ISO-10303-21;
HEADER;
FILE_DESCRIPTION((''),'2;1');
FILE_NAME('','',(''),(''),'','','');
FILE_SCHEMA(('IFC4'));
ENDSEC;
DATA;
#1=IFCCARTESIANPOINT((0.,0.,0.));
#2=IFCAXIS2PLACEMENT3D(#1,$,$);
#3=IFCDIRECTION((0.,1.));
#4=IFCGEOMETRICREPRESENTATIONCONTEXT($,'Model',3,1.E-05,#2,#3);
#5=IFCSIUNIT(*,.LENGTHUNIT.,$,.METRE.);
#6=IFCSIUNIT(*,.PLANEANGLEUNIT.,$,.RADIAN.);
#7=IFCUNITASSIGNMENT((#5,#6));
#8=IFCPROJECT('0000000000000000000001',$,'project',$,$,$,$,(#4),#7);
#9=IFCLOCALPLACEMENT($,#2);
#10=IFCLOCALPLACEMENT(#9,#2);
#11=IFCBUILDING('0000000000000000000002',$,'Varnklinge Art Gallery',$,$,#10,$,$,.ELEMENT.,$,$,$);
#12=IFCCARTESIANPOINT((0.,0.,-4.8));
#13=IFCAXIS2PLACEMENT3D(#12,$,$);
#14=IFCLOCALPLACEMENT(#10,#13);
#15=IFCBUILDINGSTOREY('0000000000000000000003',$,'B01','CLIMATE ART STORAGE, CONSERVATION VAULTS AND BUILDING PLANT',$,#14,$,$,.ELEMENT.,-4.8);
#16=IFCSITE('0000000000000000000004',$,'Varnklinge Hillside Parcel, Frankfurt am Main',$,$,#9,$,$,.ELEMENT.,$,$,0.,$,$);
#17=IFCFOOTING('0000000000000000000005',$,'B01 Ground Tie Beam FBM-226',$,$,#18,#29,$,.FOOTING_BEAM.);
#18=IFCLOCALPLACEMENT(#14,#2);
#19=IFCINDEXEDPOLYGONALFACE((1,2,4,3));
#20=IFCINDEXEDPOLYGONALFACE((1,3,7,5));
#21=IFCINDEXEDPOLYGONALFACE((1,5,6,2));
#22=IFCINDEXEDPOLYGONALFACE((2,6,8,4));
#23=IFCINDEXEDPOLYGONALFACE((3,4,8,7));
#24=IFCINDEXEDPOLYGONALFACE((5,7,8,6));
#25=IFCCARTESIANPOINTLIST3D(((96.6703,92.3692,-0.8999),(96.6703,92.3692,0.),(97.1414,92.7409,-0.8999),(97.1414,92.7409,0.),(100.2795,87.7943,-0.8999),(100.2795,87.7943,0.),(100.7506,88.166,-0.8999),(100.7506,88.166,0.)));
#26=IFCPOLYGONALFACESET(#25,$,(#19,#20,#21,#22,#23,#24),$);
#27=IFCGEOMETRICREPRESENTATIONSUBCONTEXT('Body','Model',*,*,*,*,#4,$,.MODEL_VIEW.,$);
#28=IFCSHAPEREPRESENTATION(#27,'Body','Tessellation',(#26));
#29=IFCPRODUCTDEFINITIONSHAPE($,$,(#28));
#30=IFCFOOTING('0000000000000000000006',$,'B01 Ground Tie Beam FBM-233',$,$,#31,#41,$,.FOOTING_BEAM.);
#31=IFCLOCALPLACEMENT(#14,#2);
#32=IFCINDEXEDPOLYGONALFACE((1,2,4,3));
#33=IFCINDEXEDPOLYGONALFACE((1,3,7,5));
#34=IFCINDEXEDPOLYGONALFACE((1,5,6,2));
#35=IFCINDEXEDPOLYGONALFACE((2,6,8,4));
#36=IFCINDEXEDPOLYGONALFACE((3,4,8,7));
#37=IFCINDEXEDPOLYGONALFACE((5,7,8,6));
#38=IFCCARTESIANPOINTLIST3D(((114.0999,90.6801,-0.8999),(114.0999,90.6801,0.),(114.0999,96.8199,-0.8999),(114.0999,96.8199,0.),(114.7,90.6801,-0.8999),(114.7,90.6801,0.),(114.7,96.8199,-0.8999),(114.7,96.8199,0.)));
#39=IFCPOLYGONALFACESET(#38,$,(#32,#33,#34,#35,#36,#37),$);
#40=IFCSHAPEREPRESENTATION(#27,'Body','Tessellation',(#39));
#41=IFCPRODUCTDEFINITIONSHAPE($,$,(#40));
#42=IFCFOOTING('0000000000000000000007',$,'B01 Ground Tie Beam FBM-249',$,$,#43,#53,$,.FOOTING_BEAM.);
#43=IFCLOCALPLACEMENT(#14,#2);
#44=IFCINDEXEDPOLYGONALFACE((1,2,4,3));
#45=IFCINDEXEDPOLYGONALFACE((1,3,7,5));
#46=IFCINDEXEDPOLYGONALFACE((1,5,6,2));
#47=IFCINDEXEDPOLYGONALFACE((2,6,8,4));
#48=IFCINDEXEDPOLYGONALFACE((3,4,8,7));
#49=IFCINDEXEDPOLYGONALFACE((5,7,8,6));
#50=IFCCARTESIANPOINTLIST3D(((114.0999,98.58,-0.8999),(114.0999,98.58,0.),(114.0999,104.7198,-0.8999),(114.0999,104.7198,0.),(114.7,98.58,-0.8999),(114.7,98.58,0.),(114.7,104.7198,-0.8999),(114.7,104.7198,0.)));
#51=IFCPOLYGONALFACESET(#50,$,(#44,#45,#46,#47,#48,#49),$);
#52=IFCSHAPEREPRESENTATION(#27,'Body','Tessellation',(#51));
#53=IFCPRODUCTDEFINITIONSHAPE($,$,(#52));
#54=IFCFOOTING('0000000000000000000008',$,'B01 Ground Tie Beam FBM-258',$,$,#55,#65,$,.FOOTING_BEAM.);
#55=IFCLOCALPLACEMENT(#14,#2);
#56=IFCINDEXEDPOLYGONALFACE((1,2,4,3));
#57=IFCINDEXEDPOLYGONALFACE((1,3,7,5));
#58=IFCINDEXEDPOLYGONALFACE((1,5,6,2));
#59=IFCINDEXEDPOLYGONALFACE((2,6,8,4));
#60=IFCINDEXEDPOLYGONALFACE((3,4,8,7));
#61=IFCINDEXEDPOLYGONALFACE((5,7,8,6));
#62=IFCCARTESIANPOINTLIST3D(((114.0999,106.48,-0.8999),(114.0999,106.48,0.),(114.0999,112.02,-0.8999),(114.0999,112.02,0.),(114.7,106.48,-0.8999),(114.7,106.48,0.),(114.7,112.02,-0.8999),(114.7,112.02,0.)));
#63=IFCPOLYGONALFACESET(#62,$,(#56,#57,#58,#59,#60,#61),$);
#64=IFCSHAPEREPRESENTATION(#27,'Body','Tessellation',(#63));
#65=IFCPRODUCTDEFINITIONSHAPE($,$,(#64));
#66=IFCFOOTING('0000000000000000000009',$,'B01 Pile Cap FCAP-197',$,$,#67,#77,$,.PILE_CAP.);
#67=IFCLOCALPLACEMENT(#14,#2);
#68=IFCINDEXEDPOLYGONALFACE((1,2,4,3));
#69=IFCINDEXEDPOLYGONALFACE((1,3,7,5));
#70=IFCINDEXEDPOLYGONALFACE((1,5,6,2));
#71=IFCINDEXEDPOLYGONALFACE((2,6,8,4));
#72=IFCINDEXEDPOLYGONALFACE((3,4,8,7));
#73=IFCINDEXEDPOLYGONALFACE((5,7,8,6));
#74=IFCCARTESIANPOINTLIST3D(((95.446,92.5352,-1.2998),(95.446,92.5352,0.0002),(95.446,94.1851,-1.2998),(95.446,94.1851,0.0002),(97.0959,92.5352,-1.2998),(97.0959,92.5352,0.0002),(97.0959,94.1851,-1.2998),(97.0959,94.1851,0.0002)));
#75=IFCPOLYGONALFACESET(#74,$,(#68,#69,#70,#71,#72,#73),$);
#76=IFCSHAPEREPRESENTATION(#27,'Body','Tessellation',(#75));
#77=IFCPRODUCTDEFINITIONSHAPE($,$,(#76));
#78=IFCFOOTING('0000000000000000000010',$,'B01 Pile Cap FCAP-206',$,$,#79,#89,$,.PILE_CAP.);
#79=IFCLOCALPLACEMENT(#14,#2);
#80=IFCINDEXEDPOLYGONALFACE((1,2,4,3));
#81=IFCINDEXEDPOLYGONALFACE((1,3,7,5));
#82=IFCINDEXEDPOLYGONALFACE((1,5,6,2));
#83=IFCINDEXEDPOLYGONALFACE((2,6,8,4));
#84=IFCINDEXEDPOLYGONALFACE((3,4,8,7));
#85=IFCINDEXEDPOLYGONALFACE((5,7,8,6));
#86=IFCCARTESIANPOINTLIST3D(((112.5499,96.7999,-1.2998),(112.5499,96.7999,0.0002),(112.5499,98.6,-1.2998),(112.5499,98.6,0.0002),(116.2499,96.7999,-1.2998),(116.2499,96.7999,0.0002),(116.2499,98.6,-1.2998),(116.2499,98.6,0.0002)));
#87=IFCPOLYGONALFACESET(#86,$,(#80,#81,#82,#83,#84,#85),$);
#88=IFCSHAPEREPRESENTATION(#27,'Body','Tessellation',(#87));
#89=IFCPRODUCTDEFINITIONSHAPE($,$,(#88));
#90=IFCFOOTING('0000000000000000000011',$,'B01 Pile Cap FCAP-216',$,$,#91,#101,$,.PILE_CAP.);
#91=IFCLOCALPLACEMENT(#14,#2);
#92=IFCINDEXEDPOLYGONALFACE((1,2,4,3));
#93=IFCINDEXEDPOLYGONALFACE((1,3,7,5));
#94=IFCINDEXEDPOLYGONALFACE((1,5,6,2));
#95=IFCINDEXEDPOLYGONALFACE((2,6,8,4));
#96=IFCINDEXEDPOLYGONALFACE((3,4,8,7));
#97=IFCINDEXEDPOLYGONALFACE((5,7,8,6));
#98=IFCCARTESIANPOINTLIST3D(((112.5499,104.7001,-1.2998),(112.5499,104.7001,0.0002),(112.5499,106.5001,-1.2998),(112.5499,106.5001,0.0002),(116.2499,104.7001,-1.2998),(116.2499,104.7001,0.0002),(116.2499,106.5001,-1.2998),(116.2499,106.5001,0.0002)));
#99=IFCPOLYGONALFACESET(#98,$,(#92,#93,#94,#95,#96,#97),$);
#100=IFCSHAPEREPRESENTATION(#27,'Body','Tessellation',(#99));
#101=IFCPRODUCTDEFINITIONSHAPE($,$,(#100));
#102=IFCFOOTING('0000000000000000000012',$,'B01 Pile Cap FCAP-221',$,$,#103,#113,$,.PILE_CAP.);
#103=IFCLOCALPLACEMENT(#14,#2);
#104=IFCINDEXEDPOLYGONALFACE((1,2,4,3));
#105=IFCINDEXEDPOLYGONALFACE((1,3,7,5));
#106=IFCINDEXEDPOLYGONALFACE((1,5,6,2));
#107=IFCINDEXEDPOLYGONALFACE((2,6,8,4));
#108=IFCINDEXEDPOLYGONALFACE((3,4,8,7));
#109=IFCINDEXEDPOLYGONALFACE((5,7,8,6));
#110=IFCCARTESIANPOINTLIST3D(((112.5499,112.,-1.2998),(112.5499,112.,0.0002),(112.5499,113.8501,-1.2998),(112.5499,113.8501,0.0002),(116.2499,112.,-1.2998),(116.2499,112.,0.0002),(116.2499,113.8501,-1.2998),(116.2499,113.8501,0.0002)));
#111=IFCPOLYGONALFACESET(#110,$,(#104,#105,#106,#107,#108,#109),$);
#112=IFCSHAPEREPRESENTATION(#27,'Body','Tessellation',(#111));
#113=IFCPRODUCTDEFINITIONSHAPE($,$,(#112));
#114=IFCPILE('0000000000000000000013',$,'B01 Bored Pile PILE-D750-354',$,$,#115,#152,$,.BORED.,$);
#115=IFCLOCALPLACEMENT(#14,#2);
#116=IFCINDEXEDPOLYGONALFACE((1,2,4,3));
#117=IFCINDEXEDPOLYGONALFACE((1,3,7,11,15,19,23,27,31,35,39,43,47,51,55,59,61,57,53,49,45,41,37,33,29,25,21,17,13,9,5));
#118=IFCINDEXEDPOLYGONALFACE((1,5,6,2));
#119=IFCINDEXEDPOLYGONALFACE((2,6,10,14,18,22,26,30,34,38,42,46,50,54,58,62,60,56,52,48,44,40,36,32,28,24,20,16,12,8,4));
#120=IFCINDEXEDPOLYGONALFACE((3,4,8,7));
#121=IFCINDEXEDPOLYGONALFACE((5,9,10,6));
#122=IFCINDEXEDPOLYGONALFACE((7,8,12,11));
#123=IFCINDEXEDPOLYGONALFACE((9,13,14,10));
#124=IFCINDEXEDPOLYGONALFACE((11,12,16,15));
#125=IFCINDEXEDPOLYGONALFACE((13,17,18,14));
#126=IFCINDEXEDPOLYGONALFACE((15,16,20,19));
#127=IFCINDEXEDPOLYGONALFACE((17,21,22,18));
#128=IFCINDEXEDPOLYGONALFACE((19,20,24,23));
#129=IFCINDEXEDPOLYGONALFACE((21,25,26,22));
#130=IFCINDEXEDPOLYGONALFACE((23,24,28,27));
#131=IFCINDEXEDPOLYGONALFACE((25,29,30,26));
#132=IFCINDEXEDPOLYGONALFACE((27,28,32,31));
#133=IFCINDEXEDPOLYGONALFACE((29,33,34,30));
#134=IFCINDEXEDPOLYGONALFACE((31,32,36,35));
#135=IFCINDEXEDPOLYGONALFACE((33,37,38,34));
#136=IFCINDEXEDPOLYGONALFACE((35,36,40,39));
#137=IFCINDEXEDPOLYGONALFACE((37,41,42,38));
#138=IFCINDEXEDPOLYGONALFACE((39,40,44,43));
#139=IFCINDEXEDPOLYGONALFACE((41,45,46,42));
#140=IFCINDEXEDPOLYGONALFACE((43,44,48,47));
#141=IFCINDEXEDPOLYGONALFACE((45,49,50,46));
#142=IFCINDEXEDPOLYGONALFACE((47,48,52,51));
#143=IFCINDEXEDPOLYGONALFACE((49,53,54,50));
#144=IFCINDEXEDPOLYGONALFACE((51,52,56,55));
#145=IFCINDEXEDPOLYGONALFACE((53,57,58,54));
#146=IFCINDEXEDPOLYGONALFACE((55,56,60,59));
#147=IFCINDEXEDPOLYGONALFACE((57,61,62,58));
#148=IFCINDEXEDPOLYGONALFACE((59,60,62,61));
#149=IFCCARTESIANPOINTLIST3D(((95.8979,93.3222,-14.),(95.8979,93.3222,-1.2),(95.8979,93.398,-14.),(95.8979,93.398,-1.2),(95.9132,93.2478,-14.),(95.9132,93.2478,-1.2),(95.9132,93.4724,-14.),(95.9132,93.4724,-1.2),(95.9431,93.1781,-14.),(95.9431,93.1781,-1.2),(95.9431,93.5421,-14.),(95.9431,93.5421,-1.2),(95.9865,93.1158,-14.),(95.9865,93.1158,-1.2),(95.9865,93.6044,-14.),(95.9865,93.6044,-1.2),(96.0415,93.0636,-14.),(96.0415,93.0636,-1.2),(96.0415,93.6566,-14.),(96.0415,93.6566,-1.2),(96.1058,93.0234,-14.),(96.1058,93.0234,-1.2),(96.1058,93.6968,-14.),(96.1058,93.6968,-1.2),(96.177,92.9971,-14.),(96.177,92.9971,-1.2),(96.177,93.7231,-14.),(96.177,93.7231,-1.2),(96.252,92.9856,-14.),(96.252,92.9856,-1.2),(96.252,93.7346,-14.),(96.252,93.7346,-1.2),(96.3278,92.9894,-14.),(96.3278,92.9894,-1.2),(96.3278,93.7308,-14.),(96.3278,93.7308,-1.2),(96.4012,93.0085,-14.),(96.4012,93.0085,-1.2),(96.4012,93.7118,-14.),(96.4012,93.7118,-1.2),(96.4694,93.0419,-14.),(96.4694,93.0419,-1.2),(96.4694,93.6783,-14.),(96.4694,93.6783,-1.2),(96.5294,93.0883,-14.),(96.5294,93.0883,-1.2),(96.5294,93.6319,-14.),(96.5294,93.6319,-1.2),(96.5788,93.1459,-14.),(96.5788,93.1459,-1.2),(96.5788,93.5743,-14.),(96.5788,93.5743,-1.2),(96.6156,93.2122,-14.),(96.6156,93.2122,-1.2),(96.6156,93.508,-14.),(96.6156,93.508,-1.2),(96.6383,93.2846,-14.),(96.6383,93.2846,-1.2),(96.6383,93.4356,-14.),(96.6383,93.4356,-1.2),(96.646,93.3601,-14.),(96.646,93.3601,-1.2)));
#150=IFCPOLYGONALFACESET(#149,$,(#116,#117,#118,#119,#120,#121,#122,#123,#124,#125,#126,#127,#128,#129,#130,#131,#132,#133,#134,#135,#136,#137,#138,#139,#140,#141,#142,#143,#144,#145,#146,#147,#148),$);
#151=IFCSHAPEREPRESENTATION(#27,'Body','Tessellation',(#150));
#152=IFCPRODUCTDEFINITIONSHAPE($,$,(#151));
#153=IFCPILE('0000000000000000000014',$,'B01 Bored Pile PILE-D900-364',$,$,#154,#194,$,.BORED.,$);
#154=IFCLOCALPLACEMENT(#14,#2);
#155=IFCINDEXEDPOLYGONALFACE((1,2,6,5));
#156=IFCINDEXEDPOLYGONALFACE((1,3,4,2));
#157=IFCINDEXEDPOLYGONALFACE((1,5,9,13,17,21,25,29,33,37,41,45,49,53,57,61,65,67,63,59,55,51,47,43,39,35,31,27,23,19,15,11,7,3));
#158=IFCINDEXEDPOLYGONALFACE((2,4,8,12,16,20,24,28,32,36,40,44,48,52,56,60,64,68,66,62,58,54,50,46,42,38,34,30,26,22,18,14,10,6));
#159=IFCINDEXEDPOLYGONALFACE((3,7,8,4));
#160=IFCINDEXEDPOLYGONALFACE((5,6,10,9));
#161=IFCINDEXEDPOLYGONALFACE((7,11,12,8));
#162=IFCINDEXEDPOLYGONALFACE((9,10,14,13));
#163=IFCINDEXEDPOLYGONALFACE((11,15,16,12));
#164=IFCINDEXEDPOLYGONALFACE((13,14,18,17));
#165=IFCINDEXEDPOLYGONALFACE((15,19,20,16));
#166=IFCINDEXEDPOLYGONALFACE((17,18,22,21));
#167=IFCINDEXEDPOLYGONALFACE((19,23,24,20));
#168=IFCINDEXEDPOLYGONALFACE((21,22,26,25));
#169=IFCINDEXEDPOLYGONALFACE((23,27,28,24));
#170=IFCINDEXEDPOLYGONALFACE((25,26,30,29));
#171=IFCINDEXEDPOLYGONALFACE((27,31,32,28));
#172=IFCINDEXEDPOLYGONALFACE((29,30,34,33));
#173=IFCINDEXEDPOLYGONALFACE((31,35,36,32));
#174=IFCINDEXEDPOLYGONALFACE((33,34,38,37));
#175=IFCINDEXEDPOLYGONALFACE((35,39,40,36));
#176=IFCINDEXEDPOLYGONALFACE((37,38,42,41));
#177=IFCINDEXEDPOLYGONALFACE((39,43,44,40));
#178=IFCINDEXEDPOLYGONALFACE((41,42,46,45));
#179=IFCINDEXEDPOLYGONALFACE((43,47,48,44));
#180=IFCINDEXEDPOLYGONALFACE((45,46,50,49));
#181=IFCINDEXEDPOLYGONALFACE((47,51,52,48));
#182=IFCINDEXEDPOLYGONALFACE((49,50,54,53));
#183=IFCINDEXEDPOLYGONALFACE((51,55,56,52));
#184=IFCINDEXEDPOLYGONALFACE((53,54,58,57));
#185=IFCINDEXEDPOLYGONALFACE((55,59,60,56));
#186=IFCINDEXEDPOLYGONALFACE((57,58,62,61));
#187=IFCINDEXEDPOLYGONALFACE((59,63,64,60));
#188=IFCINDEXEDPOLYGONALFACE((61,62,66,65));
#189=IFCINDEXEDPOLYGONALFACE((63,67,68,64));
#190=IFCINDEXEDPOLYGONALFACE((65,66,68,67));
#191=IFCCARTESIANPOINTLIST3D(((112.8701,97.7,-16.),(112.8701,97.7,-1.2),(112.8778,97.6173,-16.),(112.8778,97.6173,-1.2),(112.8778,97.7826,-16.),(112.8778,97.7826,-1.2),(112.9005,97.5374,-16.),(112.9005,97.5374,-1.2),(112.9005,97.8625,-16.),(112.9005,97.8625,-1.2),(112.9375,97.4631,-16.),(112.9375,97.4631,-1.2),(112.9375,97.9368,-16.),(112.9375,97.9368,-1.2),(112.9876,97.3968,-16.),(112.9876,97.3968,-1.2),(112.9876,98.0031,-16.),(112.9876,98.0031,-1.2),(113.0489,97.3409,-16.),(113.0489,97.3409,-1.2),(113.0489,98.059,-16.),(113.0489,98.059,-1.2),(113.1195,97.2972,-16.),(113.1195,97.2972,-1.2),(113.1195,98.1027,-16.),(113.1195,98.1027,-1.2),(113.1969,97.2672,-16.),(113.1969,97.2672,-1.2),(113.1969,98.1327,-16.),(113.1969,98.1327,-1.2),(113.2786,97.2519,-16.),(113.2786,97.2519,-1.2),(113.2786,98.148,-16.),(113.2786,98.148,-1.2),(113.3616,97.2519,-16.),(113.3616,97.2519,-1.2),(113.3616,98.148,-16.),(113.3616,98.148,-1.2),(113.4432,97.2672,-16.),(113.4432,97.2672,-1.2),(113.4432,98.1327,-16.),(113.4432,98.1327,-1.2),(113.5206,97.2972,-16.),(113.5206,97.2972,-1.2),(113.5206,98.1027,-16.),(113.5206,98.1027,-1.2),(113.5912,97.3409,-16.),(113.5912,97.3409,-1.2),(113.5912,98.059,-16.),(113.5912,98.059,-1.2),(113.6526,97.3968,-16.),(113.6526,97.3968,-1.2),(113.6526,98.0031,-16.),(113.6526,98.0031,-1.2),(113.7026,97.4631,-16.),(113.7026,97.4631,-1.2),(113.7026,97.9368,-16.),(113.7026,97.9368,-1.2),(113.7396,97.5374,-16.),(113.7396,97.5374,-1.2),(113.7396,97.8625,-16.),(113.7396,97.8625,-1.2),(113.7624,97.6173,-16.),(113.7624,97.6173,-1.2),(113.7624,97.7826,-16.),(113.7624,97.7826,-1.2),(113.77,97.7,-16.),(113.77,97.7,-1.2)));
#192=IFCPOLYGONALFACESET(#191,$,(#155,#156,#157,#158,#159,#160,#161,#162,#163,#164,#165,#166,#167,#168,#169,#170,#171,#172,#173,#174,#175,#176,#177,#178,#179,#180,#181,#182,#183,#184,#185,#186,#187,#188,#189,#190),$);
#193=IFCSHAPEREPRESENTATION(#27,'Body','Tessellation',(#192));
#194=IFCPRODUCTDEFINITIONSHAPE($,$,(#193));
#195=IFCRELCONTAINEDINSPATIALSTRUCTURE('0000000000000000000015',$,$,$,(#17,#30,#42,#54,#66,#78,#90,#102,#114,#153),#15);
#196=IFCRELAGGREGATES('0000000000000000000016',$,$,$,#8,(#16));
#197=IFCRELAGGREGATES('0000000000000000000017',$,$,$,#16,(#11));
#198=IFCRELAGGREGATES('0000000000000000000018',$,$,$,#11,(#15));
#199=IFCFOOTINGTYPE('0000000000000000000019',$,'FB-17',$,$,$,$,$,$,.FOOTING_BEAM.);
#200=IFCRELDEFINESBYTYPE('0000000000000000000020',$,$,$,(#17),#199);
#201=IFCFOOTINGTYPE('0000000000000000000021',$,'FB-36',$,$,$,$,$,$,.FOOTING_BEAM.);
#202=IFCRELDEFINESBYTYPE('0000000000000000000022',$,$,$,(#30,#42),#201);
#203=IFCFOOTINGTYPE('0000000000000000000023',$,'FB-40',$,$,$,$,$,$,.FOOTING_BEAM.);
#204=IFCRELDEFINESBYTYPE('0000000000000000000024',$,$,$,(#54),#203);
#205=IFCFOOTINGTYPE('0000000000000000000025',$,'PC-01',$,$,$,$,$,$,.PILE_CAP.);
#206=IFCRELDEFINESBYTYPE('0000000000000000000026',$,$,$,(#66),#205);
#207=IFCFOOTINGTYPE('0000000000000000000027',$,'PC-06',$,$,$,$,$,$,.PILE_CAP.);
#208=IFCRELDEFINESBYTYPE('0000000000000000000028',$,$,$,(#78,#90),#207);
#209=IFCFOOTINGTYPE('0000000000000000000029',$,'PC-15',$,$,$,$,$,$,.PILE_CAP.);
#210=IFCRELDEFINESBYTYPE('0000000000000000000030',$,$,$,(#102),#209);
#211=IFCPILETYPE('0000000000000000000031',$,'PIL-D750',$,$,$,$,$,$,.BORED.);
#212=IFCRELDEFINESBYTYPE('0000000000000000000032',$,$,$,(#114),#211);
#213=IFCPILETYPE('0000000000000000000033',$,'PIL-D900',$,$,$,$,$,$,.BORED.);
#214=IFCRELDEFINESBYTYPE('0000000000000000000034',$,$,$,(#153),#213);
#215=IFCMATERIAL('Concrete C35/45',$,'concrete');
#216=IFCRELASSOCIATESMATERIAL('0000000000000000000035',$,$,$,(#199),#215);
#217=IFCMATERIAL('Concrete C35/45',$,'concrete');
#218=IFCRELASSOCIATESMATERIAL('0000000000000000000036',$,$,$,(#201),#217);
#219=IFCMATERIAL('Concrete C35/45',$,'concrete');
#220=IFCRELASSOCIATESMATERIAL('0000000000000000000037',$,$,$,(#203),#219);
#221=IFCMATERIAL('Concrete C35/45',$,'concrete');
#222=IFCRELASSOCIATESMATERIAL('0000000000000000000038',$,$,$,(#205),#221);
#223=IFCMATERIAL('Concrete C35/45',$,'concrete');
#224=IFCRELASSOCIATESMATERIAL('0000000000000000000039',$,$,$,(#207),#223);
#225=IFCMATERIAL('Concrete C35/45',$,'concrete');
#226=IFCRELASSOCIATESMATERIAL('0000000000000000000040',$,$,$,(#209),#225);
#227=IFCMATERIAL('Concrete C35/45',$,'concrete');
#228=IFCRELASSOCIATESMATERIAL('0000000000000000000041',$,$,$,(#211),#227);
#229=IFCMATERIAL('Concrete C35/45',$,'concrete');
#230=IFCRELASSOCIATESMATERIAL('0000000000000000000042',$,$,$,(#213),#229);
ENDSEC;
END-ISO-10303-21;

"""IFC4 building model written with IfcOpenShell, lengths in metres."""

from ifc_helpers import new_model, si_unit, direction, frame, origin, origin_2d, place, context, subcontext, project, spatial, rectangle, circle, extrude, material, material_profile, profile_set, type_object, element, save


model = new_model("IFC4")

# Units and contexts
model_context = context("Model", 3, precision=1e-05, world=origin(), true_north=direction((0.0, 1.0)))
body_context = subcontext(model_context, "Body", "Model", "MODEL_VIEW")
ifc_project = project(units=[si_unit("LENGTHUNIT", "METRE"), si_unit("PLANEANGLEUNIT", "RADIAN")], contexts=[model_context])

# Site, building, storey
site_placement = place(None, origin())
site = spatial("IfcSite", under=ifc_project, at=site_placement, Name="Varnklinge Hillside Parcel, Frankfurt am Main", CompositionType="ELEMENT", RefElevation=0.0)
building_placement = place(site_placement, origin())
building = spatial("IfcBuilding", under=site, at=building_placement, Name="Varnklinge Art Gallery", CompositionType="ELEMENT")
storey_placement = place(building_placement, frame((0.0, 0.0, -4.8)))
storey = spatial("IfcBuildingStorey", under=building, at=storey_placement, Name="B01", Description="CLIMATE ART STORAGE, CONSERVATION VAULTS AND BUILDING PLANT", CompositionType="ELEMENT", Elevation=-4.8)

# Footings
ifc_material_1 = material(Name="Concrete C35/45", Category="concrete")
footing_type_1 = type_object("IfcFootingType", Name="FB-17", PredefinedType="FOOTING_BEAM", material=ifc_material_1)
footing_1_placement = place(storey_placement, frame((98.7104, 90.2676, -0.8999), z_axis=(0.0, 0.0, 1.0), x_axis=(-0.619368, 0.785101, 0.0)))
element("IfcFooting", 1, at=footing_1_placement, inside=storey, type_object=footing_type_1, Name="B01 Ground Tie Beam FBM-226", PredefinedType="FOOTING_BEAM", context=body_context, shape_type="SweptSolid", body=[
    extrude(rectangle(XDim=5.8271, YDim=0.6001, at=origin_2d()), origin(), (0.0, 0.0, 1.0), 0.8999),
])
ifc_material_2 = material(Name="Concrete C35/45", Category="concrete")
footing_type_2 = type_object("IfcFootingType", Name="FB-36", PredefinedType="FOOTING_BEAM", material=ifc_material_2)
for number, where, z_axis, x_axis, name in (
    (2, (114.3999, 93.75, -0.8999), (0.0, 0.0, 1.0), (0.0, 1.0, 0.0), "B01 Ground Tie Beam FBM-233"),
    (3, (114.3999, 101.6499, -0.8999), (0.0, 0.0, 1.0), (0.0, 1.0, 0.0), "B01 Ground Tie Beam FBM-249"),
):
    element("IfcFooting", number, at=place(storey_placement, frame(where, z_axis=z_axis, x_axis=x_axis)), inside=storey, type_object=footing_type_2, Name=name, PredefinedType="FOOTING_BEAM", context=body_context, shape_type="SweptSolid", body=[
        extrude(rectangle(XDim=6.1399, YDim=0.6001, at=origin_2d()), origin(), (0.0, 0.0, 1.0), 0.8999),
    ])
ifc_material_3 = material(Name="Concrete C35/45", Category="concrete")
footing_type_3 = type_object("IfcFootingType", Name="FB-40", PredefinedType="FOOTING_BEAM", material=ifc_material_3)
footing_2_placement = place(storey_placement, frame((114.3999, 109.25, -0.8999), z_axis=(0.0, 0.0, 1.0), x_axis=(0.0, 1.0, 0.0)))
element("IfcFooting", 4, at=footing_2_placement, inside=storey, type_object=footing_type_3, Name="B01 Ground Tie Beam FBM-258", PredefinedType="FOOTING_BEAM", context=body_context, shape_type="SweptSolid", body=[
    extrude(rectangle(XDim=5.54, YDim=0.6001, at=origin_2d()), origin(), (0.0, 0.0, 1.0), 0.8999),
])
ifc_material_4 = material(Name="Concrete C35/45", Category="concrete")
footing_type_4 = type_object("IfcFootingType", Name="PC-01", PredefinedType="PILE_CAP", material=ifc_material_4)
footing_3_placement = place(storey_placement, frame((96.271, 93.3601, -1.2998), z_axis=(0.0, 0.0, 1.0), x_axis=(1.0, 0.0, 0.0)))
element("IfcFooting", 5, at=footing_3_placement, inside=storey, type_object=footing_type_4, Name="B01 Pile Cap FCAP-197", PredefinedType="PILE_CAP", context=body_context, shape_type="SweptSolid", body=[
    extrude(rectangle(XDim=1.6499, YDim=1.6499, at=origin_2d()), origin(), (0.0, 0.0, 1.0), 1.3),
])
ifc_material_5 = material(Name="Concrete C35/45", Category="concrete")
footing_type_5 = type_object("IfcFootingType", Name="PC-06", PredefinedType="PILE_CAP", material=ifc_material_5)
for number, where, z_axis, x_axis, name in (
    (6, (114.3999, 97.7, -1.2998), (0.0, 0.0, 1.0), (1.0, 0.0, 0.0), "B01 Pile Cap FCAP-206"),
    (7, (114.3999, 105.6001, -1.2998), (0.0, 0.0, 1.0), (1.0, 0.0, 0.0), "B01 Pile Cap FCAP-216"),
):
    element("IfcFooting", number, at=place(storey_placement, frame(where, z_axis=z_axis, x_axis=x_axis)), inside=storey, type_object=footing_type_5, Name=name, PredefinedType="PILE_CAP", context=body_context, shape_type="SweptSolid", body=[
        extrude(rectangle(XDim=3.7, YDim=1.8, at=origin_2d()), origin(), (0.0, 0.0, 1.0), 1.3),
    ])
ifc_material_6 = material(Name="Concrete C35/45", Category="concrete")
footing_type_6 = type_object("IfcFootingType", Name="PC-15", PredefinedType="PILE_CAP", material=ifc_material_6)
footing_4_placement = place(storey_placement, frame((114.3999, 112.925, -1.2998), z_axis=(0.0, 0.0, 1.0), x_axis=(1.0, 0.0, 0.0)))
element("IfcFooting", 8, at=footing_4_placement, inside=storey, type_object=footing_type_6, Name="B01 Pile Cap FCAP-221", PredefinedType="PILE_CAP", context=body_context, shape_type="SweptSolid", body=[
    extrude(rectangle(XDim=3.7, YDim=1.8501, at=origin_2d()), origin(), (0.0, 0.0, 1.0), 1.3),
])

# Piles
ifc_material_7 = material(Name="Concrete C35/45", Category="concrete")
ifc_material_profile_1 = material_profile(ifc_material_7, circle(Radius=0.375, at=origin_2d()), Name="PILE D750")
ifc_profile_set_1 = profile_set([ifc_material_profile_1], Name="Concrete C35/45")
pile_type_1 = type_object("IfcPileType", Name="PIL-D750", PredefinedType="BORED", material=ifc_profile_set_1)
pile_placement = place(storey_placement, frame((96.271, 93.3601, -1.2), z_axis=(0.0, 0.0, -1.0), x_axis=(1.0, 0.0, 0.0)))
element("IfcPile", 9, at=pile_placement, inside=storey, type_object=pile_type_1, Name="B01 Bored Pile PILE-D750-354", PredefinedType="BORED", context=body_context, shape_type="SweptSolid", body=[
    extrude(circle(Radius=0.375, at=origin_2d()), origin(), (0.0, 0.0, 1.0), 12.8),
])
ifc_material_8 = material(Name="Concrete C35/45", Category="concrete")
ifc_material_profile_2 = material_profile(ifc_material_8, circle(Radius=0.45, at=origin_2d()), Name="PILE D900")
ifc_profile_set_2 = profile_set([ifc_material_profile_2], Name="Concrete C35/45")
pile_type_2 = type_object("IfcPileType", Name="PIL-D900", PredefinedType="BORED", material=ifc_profile_set_2)
for number, where, z_axis, x_axis, name in (
    (10, (113.3201, 97.7, -1.2), (0.0, 0.0, -1.0), (1.0, 0.0, 0.0), "B01 Bored Pile PILE-D900-364"),
):
    element("IfcPile", number, at=place(storey_placement, frame(where, z_axis=z_axis, x_axis=x_axis)), inside=storey, type_object=pile_type_2, Name=name, PredefinedType="BORED", context=body_context, shape_type="SweptSolid", body=[
        extrude(circle(Radius=0.45, at=origin_2d()), origin(), (0.0, 0.0, 1.0), 14.8),
    ])

save(model, "model.ifc")
